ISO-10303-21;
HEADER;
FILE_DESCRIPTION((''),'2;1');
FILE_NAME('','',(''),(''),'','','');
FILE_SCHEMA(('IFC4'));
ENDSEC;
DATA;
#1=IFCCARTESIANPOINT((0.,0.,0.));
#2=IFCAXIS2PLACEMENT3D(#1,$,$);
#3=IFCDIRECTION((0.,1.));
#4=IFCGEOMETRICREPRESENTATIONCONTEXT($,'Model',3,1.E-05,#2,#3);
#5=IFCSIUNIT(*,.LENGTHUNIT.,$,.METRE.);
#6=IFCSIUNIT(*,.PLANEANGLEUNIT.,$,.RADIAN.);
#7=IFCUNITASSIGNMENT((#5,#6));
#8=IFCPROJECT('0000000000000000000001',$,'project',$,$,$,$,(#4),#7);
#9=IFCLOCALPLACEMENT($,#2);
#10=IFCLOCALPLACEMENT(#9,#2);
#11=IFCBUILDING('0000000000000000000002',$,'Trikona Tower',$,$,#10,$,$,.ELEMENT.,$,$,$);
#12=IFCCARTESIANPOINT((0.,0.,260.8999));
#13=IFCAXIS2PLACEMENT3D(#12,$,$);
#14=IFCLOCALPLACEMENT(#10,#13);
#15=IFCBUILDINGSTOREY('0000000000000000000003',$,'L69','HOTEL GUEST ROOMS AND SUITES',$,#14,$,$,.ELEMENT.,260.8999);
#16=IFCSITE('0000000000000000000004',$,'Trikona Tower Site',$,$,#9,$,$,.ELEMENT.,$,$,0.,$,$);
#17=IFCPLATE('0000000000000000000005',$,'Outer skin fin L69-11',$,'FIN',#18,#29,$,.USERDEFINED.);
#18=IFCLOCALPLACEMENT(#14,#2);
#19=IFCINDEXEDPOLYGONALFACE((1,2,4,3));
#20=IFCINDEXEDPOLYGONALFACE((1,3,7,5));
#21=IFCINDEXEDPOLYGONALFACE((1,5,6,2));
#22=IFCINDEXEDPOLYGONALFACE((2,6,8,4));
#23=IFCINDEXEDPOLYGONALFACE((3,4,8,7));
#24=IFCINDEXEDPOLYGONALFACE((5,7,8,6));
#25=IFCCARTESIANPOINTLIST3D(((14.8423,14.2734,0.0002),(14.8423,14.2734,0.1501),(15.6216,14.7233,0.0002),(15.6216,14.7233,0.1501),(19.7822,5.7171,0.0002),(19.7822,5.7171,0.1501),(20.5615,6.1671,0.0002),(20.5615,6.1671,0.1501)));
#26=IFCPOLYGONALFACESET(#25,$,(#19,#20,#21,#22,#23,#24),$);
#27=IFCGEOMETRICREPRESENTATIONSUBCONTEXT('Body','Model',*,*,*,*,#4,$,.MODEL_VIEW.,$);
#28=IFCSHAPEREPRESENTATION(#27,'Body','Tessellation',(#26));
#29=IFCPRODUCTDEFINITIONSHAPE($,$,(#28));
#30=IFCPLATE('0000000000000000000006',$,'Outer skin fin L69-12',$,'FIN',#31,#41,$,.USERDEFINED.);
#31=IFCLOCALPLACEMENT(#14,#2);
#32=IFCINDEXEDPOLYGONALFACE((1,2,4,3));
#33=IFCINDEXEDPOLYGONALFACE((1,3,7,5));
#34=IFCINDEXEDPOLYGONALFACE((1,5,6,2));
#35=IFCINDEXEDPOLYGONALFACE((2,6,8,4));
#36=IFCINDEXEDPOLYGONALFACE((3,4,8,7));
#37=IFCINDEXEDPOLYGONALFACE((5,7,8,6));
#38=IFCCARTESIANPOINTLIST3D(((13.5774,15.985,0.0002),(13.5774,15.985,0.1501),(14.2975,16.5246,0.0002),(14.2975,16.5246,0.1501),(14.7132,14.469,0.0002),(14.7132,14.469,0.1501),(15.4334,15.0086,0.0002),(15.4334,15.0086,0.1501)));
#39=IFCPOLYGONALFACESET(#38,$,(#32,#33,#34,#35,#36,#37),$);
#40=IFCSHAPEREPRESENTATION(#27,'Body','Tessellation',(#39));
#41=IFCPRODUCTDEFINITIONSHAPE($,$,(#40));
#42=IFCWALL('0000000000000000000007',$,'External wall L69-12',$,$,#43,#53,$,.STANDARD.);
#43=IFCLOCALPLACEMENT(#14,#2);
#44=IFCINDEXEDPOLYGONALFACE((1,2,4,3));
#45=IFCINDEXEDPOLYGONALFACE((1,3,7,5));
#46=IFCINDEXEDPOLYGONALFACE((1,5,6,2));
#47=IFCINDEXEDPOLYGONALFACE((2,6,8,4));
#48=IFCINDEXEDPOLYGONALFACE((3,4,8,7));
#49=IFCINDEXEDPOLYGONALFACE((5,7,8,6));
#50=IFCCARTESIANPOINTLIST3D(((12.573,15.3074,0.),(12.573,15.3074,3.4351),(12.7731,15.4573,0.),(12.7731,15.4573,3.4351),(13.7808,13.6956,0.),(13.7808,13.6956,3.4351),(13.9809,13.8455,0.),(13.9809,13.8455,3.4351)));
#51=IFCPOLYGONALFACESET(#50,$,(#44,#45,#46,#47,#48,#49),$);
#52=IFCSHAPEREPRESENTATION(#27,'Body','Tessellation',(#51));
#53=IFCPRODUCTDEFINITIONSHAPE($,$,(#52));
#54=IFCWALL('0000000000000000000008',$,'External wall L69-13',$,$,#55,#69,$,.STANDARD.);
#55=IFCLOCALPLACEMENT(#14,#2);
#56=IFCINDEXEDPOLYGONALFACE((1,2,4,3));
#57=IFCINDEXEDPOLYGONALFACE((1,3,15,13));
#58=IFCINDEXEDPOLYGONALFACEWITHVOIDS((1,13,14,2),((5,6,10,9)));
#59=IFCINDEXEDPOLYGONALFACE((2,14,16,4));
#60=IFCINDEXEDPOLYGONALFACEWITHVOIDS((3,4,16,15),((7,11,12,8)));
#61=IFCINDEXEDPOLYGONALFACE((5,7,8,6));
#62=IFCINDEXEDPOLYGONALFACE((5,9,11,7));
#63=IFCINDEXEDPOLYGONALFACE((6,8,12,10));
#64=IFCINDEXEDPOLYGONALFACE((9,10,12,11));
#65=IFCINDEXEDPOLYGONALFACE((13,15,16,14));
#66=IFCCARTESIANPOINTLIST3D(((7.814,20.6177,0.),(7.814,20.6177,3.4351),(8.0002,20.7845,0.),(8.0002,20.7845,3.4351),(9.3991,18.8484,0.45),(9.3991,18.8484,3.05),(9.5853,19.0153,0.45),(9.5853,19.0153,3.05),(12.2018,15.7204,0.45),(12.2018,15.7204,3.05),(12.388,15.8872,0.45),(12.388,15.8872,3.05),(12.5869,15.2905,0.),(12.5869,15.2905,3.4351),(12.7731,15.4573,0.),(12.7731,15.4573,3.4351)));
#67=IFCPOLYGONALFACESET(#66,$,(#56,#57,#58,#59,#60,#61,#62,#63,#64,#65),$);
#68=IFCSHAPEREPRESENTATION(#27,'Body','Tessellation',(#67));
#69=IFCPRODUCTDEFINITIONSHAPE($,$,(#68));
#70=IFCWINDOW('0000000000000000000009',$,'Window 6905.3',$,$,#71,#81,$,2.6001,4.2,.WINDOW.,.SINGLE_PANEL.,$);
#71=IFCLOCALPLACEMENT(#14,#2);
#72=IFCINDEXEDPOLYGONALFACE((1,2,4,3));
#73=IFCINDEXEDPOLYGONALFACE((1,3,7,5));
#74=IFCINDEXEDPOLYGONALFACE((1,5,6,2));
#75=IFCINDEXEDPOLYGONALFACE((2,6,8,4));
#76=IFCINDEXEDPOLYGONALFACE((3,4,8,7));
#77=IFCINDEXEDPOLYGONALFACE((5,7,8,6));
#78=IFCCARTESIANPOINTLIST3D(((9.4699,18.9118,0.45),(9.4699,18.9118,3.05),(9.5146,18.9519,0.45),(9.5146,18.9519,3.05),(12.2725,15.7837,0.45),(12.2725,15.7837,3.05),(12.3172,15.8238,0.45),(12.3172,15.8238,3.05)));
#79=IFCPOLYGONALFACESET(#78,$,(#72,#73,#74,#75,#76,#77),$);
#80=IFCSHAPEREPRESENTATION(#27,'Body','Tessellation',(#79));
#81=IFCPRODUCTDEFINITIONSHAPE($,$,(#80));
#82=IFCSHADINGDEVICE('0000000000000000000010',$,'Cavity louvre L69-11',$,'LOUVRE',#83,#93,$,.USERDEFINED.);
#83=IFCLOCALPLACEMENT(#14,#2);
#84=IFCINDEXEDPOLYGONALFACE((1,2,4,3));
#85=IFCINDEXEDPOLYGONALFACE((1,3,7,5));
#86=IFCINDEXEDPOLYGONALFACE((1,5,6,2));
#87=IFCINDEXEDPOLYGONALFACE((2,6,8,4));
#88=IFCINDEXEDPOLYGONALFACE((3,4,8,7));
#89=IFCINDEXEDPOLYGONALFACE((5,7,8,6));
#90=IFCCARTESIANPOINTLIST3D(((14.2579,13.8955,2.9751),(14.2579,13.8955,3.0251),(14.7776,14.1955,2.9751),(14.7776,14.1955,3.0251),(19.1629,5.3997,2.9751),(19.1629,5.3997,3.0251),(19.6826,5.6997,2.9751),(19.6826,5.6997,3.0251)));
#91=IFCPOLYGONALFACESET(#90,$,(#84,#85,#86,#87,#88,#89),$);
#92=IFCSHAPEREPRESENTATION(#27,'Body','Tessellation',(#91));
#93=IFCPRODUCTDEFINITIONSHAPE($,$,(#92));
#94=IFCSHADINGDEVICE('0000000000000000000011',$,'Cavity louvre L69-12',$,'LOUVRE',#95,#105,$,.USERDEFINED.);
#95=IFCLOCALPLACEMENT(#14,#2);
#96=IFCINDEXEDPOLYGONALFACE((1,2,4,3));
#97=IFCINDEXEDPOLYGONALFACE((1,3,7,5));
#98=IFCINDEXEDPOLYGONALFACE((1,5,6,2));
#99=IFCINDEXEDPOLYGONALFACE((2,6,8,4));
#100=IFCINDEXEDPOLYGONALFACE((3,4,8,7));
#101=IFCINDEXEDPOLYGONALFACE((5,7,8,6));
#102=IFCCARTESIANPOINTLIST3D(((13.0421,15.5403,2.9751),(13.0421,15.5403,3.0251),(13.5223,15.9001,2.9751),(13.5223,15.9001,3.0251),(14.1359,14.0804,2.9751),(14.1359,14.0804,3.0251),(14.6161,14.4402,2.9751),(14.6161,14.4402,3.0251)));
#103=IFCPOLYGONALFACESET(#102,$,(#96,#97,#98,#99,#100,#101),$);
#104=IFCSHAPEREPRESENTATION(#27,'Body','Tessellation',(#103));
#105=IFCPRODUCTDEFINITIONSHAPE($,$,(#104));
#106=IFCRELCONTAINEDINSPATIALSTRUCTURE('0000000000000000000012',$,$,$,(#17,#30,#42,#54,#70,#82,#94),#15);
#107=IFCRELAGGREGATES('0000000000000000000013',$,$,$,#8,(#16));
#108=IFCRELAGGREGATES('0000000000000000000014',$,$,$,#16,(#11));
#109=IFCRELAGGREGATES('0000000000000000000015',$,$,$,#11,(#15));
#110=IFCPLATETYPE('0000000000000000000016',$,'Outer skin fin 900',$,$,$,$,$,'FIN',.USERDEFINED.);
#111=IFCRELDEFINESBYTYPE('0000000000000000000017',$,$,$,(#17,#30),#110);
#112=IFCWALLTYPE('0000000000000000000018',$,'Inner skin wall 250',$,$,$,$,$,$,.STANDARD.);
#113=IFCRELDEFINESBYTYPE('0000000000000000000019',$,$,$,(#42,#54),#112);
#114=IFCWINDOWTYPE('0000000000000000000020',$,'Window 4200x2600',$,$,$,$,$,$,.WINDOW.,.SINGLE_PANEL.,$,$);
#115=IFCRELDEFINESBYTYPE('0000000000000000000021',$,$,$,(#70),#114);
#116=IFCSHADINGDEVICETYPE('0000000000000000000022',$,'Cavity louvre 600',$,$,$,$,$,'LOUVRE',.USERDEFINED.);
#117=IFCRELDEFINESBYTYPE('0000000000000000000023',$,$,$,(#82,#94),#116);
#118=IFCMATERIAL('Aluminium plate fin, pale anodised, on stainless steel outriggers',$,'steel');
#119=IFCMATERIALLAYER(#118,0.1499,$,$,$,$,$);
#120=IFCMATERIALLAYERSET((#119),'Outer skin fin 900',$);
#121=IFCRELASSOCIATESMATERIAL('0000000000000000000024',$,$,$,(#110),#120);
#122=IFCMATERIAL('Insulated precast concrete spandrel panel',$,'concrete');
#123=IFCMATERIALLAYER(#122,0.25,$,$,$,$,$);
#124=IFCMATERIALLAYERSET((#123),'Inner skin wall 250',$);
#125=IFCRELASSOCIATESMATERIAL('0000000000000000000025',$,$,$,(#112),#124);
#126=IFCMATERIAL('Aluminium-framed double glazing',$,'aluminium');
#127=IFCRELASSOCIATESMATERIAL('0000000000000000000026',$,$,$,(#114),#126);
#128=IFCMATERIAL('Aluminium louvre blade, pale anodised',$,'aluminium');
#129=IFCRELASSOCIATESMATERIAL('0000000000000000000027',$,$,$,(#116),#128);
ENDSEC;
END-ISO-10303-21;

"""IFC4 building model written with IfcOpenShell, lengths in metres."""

from ifc_helpers import new_model, si_unit, direction, frame, frame_2d, origin, origin_2d, place, context, subcontext, project, spatial, rectangle, extrude, material, layer, layer_set, type_object, element, fill, save


model = new_model("IFC4")

# Units and contexts
model_context = context("Model", 3, precision=1e-05, world=origin(), true_north=direction((0.0, 1.0)))
body_context = subcontext(model_context, "Body", "Model", "MODEL_VIEW")
ifc_project = project(units=[si_unit("LENGTHUNIT", "METRE"), si_unit("PLANEANGLEUNIT", "RADIAN")], contexts=[model_context])

# Site, building, storey
site_placement = place(None, origin())
site = spatial("IfcSite", under=ifc_project, at=site_placement, Name="Trikona Tower Site", CompositionType="ELEMENT", RefElevation=0.0)
building_placement = place(site_placement, origin())
building = spatial("IfcBuilding", under=site, at=building_placement, Name="Trikona Tower", CompositionType="ELEMENT")
storey_placement = place(building_placement, frame((0.0, 0.0, 260.8999)))
storey = spatial("IfcBuildingStorey", under=building, at=storey_placement, Name="L69", Description="HOTEL GUEST ROOMS AND SUITES", CompositionType="ELEMENT", Elevation=260.8999)

# Plates
ifc_material_1 = material(Name="Aluminium plate fin, pale anodised, on stainless steel outriggers", Category="steel")
ifc_layer_1 = layer(ifc_material_1, 0.1499)
ifc_layer_set_1 = layer_set([ifc_layer_1], Name="Outer skin fin 900")
plate_type_1 = type_object("IfcPlateType", Name="Outer skin fin 900", ElementType="FIN", PredefinedType="USERDEFINED", material=ifc_layer_set_1)
plate_1_placement = place(storey_placement, frame((17.7019, 10.2202, 0.0002), z_axis=(0.0, 0.0, 1.0), x_axis=(-0.499998, 0.866026, 0.0)))
element("IfcPlate", 1, at=plate_1_placement, inside=storey, type_object=plate_type_1, Name="Outer skin fin L69-11", ObjectType="FIN", PredefinedType="USERDEFINED", context=body_context, shape_type="SweptSolid", body=[
    extrude(rectangle(XDim=9.8799, YDim=0.8999, at=origin_2d()), origin(), (0.0, 0.0, 1.0), 0.1499),
])
plate_2_placement = place(storey_placement, frame((14.5054, 15.4968, 0.0002), z_axis=(0.0, 0.0, 1.0), x_axis=(-0.599619, 0.800286, 0.0)))
element("IfcPlate", 2, at=plate_2_placement, inside=storey, type_object=plate_type_1, Name="Outer skin fin L69-12", ObjectType="FIN", PredefinedType="USERDEFINED", context=body_context, shape_type="SweptSolid", body=[
    extrude(rectangle(XDim=1.8943, YDim=0.8999, at=origin_2d()), origin(), (0.0, 0.0, 1.0), 0.1499),
])

# Wall
ifc_material_2 = material(Name="Insulated precast concrete spandrel panel", Category="concrete")
ifc_layer_2 = layer(ifc_material_2, 0.25)
ifc_layer_set_2 = layer_set([ifc_layer_2], Name="Inner skin wall 250")
wall_type = type_object("IfcWallType", Name="Inner skin wall 250", PredefinedType="STANDARD", material=ifc_layer_set_2)
wall_1_placement = place(storey_placement, frame((13.8809, 13.7705, 0.0), z_axis=(0.0, 0.0, 1.0), x_axis=(-0.599651, 0.800262, 0.0)))
element("IfcWall", 3, at=wall_1_placement, inside=storey, type_object=wall_type, Name="External wall L69-12", PredefinedType="STANDARD", context=body_context, shape_type="SweptSolid", body=[
    extrude(rectangle(XDim=2.0142, YDim=0.25, at=frame_2d((1.0071, 0.0))), origin(), (0.0, 0.0, 1.0), 3.4351),
])

# Wall, opening, window
wall_2_placement = place(storey_placement, frame((12.6799, 15.374, 0.0), z_axis=(0.0, 0.0, 1.0), x_axis=(-0.667304, 0.744786, 0.0)))
wall_2 = element("IfcWall", 4, at=wall_2_placement, inside=storey, type_object=wall_type, Name="External wall L69-13", PredefinedType="STANDARD", context=body_context, shape_type="SweptSolid", body=[
    extrude(rectangle(XDim=7.1526, YDim=0.25, at=frame_2d((3.5762, 0.0))), origin(), (0.0, 0.0, 1.0), 3.4351),
])
opening_placement = place(wall_2_placement, frame((0.5769, 0.0, 0.45)))
opening = element("IfcOpeningElement", 5, at=opening_placement, cuts=wall_2, PredefinedType="OPENING", context=body_context, shape_type="SweptSolid", body=[
    extrude(rectangle(XDim=4.2, YDim=2.6001, at=frame_2d((2.1001, 1.3))), frame((0.0, 0.135, 0.0), z_axis=(0.0, -1.0, 0.0), x_axis=(1.0, 0.0, 0.0)), (0.0, 0.0, 1.0), 0.27),
])
ifc_material_3 = material(Name="Aluminium-framed double glazing", Category="aluminium")
window_type = type_object("IfcWindowType", Name="Window 4200x2600", PartitioningType="SINGLE_PANEL", PredefinedType="WINDOW", material=ifc_material_3)
window_placement = place(opening_placement, origin())
window = element("IfcWindow", 6, at=window_placement, inside=storey, type_object=window_type, Name="Window 6905.3", OverallHeight=2.6001, OverallWidth=4.2, PartitioningType="SINGLE_PANEL", PredefinedType="WINDOW", context=body_context, shape_type="SweptSolid", body=[
    extrude(rectangle(XDim=4.2, YDim=2.6001, at=frame_2d((2.1001, 1.3))), frame((0.0, 0.03, 0.0), z_axis=(0.0, -1.0, 0.0), x_axis=(1.0, 0.0, 0.0)), (0.0, 0.0, 1.0), 0.0601),
])
fill(opening, window)

# Shading devices
ifc_material_4 = material(Name="Aluminium louvre blade, pale anodised", Category="aluminium")
shading_device_type = type_object("IfcShadingDeviceType", Name="Cavity louvre 600", ElementType="LOUVRE", PredefinedType="USERDEFINED", material=ifc_material_4)
shading_device_1_placement = place(storey_placement, frame((16.9702, 9.7976, 2.9751), z_axis=(0.0, 0.0, 1.0), x_axis=(-0.499998, 0.866026, 0.0)))
element("IfcShadingDevice", 7, at=shading_device_1_placement, inside=storey, type_object=shading_device_type, Name="Cavity louvre L69-11", ObjectType="LOUVRE", PredefinedType="USERDEFINED", context=body_context, shape_type="SweptSolid", body=[
    extrude(rectangle(XDim=9.8101, YDim=0.6001, at=origin_2d()), origin(), (0.0, 0.0, 1.0), 0.05),
])
shading_device_2_placement = place(storey_placement, frame((13.8291, 14.9902, 2.9751), z_axis=(0.0, 0.0, 1.0), x_axis=(-0.599619, 0.800286, 0.0)))
element("IfcShadingDevice", 8, at=shading_device_2_placement, inside=storey, type_object=shading_device_type, Name="Cavity louvre L69-12", ObjectType="LOUVRE", PredefinedType="USERDEFINED", context=body_context, shape_type="SweptSolid", body=[
    extrude(rectangle(XDim=1.8242, YDim=0.6001, at=origin_2d()), origin(), (0.0, 0.0, 1.0), 0.05),
])

save(model, "model.ifc")
